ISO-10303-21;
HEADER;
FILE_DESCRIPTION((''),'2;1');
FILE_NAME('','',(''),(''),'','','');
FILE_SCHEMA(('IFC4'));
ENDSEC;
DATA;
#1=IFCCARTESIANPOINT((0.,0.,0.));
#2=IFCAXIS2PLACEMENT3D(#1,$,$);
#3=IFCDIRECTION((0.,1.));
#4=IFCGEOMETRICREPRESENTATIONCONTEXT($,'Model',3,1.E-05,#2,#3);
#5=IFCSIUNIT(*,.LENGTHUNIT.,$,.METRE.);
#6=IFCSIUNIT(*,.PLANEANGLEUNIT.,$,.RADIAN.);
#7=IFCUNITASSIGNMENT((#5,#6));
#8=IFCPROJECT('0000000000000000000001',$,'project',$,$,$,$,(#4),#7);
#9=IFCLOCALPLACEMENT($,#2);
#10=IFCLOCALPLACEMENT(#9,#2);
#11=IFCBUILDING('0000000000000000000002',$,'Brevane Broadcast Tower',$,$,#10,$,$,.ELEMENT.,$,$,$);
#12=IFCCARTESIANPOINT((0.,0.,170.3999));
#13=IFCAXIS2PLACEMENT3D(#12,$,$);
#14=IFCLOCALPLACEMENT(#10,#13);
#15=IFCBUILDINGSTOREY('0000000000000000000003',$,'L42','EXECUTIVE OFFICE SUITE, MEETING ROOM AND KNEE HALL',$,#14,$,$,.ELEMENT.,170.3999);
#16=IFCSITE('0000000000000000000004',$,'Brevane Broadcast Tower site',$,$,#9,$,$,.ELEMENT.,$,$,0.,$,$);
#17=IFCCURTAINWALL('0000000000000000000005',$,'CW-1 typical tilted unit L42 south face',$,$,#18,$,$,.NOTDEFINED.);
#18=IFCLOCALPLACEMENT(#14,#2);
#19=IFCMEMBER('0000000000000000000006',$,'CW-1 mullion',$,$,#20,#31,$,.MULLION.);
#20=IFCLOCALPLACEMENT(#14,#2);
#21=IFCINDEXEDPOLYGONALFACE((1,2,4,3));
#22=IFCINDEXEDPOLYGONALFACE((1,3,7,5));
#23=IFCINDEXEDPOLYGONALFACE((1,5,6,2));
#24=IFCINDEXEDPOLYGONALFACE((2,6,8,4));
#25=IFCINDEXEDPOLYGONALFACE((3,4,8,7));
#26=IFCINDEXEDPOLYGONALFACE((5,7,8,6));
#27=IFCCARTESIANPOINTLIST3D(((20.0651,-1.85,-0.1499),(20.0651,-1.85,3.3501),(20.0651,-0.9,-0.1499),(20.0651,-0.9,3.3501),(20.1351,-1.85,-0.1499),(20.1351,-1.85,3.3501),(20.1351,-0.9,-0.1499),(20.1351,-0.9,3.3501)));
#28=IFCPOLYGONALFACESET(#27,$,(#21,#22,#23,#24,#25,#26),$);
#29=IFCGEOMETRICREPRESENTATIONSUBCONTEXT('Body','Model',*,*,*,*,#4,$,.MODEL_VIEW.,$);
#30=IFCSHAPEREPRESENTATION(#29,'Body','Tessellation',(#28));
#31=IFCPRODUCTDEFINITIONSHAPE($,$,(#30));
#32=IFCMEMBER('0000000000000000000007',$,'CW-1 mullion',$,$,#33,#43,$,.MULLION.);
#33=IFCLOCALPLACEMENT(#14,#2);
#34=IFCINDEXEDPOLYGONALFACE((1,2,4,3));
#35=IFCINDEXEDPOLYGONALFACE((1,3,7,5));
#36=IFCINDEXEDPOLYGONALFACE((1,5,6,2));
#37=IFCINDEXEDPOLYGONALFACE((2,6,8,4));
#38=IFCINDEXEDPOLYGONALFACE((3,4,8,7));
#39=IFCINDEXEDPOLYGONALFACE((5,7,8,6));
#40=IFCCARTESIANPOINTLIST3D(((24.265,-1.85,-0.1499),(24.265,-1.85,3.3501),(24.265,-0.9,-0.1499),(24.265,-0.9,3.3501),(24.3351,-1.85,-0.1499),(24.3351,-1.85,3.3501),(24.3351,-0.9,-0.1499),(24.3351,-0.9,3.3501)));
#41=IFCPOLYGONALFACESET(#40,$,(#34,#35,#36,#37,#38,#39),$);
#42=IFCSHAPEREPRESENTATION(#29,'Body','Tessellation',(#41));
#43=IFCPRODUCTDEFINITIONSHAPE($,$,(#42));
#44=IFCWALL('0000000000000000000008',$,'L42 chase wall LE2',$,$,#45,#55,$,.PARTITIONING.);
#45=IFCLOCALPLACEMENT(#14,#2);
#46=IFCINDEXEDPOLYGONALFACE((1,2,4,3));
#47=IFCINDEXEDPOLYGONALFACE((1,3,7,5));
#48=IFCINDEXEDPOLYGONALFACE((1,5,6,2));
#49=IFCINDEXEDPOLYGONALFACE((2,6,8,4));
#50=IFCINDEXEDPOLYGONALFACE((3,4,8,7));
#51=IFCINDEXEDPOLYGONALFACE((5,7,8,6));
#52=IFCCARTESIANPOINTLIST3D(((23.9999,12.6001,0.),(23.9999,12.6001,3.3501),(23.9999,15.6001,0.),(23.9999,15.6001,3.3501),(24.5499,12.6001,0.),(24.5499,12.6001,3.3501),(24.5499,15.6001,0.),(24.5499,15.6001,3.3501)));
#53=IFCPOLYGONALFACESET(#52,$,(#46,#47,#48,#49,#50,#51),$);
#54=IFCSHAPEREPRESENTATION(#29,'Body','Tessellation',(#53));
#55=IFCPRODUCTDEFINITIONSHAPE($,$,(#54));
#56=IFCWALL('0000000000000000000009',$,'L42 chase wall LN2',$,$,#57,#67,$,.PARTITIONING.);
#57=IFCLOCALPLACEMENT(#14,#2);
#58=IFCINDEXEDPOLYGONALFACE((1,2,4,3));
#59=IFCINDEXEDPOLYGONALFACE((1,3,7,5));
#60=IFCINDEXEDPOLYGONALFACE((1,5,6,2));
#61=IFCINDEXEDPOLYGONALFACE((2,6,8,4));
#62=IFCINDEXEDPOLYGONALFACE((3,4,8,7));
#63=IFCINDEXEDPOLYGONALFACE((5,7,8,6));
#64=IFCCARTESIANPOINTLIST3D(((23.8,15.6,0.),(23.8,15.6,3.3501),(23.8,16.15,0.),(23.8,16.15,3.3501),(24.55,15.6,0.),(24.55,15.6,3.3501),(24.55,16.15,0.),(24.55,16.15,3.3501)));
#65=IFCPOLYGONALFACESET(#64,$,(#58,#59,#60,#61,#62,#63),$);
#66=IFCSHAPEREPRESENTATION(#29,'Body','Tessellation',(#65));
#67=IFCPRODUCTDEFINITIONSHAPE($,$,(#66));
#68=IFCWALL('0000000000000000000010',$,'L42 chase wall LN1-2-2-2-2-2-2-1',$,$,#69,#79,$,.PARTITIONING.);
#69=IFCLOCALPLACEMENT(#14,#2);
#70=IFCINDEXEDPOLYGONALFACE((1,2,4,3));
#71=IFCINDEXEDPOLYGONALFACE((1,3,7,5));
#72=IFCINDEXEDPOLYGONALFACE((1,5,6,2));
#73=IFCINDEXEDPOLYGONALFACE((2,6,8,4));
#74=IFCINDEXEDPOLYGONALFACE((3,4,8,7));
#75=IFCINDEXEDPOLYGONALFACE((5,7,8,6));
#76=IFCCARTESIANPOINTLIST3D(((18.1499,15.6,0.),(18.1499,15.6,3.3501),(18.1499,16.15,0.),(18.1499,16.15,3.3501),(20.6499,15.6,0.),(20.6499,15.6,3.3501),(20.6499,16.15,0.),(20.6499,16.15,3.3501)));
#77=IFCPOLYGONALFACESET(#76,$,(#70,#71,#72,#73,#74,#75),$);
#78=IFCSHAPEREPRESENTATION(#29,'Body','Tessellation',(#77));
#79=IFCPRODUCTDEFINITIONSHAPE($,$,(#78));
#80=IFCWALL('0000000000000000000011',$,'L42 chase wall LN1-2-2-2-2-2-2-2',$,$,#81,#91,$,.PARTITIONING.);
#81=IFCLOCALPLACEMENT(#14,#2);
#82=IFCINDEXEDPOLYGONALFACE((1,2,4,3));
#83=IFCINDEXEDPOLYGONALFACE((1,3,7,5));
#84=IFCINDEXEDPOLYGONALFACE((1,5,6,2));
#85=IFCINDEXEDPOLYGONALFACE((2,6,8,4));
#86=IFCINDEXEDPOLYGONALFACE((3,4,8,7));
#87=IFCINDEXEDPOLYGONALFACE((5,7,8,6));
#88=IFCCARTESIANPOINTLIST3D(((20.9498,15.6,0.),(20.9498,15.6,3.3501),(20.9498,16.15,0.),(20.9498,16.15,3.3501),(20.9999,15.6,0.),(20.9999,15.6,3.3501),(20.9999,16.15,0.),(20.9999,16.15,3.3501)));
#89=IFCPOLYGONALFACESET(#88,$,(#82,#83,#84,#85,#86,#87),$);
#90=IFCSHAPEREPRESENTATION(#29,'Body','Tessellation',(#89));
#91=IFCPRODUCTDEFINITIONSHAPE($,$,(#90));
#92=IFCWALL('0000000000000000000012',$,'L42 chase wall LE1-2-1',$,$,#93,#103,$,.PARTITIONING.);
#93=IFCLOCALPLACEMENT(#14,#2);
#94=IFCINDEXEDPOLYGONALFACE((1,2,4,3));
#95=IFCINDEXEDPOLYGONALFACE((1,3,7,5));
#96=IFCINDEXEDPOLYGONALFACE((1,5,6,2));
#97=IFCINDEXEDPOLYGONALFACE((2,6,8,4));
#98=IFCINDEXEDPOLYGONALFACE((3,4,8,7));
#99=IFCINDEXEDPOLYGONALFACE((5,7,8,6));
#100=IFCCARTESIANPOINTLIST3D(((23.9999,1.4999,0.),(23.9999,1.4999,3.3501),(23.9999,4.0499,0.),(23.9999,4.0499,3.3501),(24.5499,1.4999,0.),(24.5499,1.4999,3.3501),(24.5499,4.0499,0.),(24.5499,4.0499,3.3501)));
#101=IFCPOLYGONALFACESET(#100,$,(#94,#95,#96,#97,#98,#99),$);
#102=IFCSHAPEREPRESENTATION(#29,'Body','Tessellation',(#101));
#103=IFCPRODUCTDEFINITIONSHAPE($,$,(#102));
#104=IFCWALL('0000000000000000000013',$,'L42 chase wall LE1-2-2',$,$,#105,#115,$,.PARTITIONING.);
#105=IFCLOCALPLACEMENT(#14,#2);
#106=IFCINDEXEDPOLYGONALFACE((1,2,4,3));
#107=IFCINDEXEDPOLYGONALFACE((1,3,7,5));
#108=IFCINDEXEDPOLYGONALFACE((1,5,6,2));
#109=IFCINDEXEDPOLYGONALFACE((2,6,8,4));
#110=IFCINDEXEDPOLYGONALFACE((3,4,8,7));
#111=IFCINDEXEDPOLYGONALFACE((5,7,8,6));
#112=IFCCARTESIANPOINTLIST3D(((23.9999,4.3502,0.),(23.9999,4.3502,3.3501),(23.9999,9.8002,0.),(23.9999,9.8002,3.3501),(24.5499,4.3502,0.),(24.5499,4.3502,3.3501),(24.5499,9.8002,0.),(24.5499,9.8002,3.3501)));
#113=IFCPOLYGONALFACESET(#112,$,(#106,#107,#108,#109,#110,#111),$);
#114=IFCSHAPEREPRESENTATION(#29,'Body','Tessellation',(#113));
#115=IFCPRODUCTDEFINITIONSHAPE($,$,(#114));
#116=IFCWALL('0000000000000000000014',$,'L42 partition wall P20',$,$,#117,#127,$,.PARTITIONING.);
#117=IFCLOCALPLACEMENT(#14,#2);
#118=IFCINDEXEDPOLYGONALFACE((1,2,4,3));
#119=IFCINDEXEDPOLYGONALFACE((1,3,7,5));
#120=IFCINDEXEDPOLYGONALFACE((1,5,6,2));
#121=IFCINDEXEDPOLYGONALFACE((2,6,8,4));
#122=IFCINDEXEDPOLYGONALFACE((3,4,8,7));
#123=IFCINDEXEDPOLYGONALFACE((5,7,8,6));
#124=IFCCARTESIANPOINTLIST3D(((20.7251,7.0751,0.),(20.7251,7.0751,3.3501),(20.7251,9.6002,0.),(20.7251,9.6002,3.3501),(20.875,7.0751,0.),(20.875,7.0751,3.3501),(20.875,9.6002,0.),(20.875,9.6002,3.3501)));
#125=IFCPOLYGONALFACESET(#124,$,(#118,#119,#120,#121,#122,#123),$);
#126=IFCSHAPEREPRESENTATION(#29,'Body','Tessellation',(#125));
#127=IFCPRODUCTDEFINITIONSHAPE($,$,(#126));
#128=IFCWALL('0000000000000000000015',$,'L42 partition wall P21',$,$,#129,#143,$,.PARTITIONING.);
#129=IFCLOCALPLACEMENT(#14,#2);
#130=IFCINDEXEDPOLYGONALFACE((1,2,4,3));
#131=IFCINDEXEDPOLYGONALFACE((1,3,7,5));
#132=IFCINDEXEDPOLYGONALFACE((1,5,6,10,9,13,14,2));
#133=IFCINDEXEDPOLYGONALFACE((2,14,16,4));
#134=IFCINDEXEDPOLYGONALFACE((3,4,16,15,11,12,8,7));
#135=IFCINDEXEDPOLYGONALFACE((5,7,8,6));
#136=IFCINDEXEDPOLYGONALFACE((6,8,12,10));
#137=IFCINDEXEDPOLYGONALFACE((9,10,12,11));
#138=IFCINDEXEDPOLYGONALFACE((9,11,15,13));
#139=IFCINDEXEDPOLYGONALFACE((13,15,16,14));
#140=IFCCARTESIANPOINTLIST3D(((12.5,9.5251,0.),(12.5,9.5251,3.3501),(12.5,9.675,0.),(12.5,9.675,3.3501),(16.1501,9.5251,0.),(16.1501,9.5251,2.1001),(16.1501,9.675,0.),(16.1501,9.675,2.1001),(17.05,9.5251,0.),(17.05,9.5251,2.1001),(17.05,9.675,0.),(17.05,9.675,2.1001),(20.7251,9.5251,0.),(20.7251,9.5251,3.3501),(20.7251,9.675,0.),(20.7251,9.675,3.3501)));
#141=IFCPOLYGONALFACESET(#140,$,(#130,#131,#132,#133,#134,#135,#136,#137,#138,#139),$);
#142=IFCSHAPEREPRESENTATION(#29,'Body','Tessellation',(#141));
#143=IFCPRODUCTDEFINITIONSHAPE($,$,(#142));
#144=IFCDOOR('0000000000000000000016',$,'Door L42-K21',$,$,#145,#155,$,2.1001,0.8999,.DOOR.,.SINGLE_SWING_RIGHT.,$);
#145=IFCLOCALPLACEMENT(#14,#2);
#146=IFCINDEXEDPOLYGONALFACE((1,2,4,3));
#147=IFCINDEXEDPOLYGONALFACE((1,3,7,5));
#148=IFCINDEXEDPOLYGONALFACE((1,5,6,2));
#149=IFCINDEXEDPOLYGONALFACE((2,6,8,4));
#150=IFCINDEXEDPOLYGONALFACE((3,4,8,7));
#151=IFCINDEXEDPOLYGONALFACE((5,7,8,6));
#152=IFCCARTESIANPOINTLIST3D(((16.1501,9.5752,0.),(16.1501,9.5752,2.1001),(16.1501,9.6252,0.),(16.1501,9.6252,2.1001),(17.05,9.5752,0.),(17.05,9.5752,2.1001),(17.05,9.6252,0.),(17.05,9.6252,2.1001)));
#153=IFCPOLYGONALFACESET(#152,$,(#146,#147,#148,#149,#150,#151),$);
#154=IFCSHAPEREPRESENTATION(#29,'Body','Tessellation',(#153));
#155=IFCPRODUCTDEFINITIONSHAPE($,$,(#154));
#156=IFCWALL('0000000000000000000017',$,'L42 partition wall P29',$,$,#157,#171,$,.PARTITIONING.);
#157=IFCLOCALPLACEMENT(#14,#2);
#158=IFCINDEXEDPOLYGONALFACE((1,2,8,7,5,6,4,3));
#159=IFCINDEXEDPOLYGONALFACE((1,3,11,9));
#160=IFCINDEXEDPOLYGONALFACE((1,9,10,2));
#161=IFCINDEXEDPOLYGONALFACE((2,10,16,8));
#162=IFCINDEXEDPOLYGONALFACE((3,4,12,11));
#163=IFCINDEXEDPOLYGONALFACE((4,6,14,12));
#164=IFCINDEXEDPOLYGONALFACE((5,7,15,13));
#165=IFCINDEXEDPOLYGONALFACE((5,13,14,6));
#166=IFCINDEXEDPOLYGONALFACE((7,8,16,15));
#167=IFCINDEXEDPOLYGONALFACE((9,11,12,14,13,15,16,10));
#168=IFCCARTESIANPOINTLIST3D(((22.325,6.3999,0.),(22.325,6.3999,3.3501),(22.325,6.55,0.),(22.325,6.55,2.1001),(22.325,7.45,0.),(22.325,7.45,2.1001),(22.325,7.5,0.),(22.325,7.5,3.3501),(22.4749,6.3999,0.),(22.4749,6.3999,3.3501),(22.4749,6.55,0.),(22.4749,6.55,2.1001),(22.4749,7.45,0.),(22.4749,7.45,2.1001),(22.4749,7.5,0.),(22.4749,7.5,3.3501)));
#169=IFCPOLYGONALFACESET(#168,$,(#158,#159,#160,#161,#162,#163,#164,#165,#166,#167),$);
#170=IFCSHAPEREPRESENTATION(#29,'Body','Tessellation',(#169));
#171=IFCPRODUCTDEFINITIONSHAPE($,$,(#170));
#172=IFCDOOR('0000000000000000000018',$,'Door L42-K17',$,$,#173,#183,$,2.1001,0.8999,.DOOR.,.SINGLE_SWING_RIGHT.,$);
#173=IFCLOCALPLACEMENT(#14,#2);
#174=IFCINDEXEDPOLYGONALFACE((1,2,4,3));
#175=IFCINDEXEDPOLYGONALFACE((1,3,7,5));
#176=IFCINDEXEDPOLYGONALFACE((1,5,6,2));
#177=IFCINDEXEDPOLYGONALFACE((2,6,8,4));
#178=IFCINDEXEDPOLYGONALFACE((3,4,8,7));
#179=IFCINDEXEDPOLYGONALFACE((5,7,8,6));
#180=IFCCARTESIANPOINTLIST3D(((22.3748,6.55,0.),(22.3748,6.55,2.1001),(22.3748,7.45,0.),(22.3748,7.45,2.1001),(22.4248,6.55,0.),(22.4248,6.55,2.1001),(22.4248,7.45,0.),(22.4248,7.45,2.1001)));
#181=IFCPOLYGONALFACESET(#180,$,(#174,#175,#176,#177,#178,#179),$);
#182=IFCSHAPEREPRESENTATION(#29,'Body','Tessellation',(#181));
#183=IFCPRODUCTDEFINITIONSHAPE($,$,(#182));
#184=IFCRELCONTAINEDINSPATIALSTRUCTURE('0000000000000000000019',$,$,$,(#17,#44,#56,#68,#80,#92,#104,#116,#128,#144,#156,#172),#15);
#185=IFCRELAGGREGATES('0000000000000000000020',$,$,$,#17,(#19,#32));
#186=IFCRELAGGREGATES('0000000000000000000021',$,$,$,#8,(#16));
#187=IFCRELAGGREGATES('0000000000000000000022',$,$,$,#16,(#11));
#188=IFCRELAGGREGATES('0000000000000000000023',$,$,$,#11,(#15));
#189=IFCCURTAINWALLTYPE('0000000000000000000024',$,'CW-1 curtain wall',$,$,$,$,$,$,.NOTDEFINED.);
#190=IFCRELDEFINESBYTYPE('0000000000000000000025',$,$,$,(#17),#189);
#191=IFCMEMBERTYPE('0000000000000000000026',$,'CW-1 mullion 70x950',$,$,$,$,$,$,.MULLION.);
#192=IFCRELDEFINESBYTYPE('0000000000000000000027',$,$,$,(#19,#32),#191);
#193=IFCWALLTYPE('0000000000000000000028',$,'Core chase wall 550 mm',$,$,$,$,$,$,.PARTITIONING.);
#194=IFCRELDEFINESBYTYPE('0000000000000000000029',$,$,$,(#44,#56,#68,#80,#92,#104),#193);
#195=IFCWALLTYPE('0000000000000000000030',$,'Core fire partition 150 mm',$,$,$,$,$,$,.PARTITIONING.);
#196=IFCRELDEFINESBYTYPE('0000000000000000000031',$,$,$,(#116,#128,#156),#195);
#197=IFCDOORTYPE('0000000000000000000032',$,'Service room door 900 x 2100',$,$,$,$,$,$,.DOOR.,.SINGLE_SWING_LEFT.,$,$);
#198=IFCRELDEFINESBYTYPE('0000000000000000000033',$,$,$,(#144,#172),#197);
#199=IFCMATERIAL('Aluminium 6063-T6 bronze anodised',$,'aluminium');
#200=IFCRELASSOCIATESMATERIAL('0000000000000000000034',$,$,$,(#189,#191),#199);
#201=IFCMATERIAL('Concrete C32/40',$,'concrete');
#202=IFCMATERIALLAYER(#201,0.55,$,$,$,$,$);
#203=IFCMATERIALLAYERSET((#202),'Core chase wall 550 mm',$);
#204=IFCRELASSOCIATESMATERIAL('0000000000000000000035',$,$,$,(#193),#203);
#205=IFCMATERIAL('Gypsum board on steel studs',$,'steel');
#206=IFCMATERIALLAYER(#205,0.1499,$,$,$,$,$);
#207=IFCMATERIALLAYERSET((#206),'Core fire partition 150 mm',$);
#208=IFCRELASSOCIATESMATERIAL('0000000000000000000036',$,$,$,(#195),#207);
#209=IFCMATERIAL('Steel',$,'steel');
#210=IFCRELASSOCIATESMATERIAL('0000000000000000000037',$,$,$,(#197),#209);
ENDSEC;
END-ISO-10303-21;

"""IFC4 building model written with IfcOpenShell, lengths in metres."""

from ifc_helpers import new_model, si_unit, direction, frame, frame_2d, origin, origin_2d, place, context, subcontext, project, spatial, rectangle, extrude, material, layer, layer_set, material_profile, profile_set, type_object, element, fill, aggregate, save


model = new_model("IFC4")

# Units and contexts
model_context = context("Model", 3, precision=1e-05, world=origin(), true_north=direction((0.0, 1.0)))
body_context = subcontext(model_context, "Body", "Model", "MODEL_VIEW")
ifc_project = project(units=[si_unit("LENGTHUNIT", "METRE"), si_unit("PLANEANGLEUNIT", "RADIAN")], contexts=[model_context])

# Site, building, storey
site_placement = place(None, origin())
site = spatial("IfcSite", under=ifc_project, at=site_placement, Name="Brevane Broadcast Tower site", CompositionType="ELEMENT", RefElevation=0.0)
building_placement = place(site_placement, origin())
building = spatial("IfcBuilding", under=site, at=building_placement, Name="Brevane Broadcast Tower", CompositionType="ELEMENT")
storey_placement = place(building_placement, frame((0.0, 0.0, 170.3999)))
storey = spatial("IfcBuildingStorey", under=building, at=storey_placement, Name="L42", Description="EXECUTIVE OFFICE SUITE, MEETING ROOM AND KNEE HALL", CompositionType="ELEMENT", Elevation=170.3999)

# Curtain wall, members
ifc_material_1 = material(Name="Aluminium 6063-T6 bronze anodised", Category="aluminium")
curtain_wall_type = type_object("IfcCurtainWallType", Name="CW-1 curtain wall", PredefinedType="NOTDEFINED", material=ifc_material_1)
curtain_wall_placement = place(storey_placement, origin())
curtain_wall = element("IfcCurtainWall", 1, at=curtain_wall_placement, inside=storey, type_object=curtain_wall_type, Name="CW-1 typical tilted unit L42 south face", PredefinedType="NOTDEFINED")
ifc_material_profile = material_profile(ifc_material_1, rectangle(XDim=0.95, YDim=0.0701, at=origin_2d()), Name="RECT 70x950")
ifc_profile_set = profile_set([ifc_material_profile], Name="Aluminium 6063-T6 bronze anodised")
member_type = type_object("IfcMemberType", Name="CW-1 mullion 70x950", PredefinedType="MULLION", material=ifc_profile_set)
member_1_placement = place(storey_placement, frame((20.1001, -1.375, -0.1499), z_axis=(0.0, 0.0, 1.0), x_axis=(0.0, 1.0, 0.0)))
member_1 = element("IfcMember", 2, at=member_1_placement, type_object=member_type, Name="CW-1 mullion", PredefinedType="MULLION", context=body_context, shape_type="SweptSolid", body=[
    extrude(rectangle(XDim=0.95, YDim=0.0701, at=origin_2d()), origin(), (0.0, 0.0, 1.0), 3.5),
])
member_2_placement = place(storey_placement, frame((24.3, -1.375, -0.1499), z_axis=(0.0, 0.0, 1.0), x_axis=(0.0, 1.0, 0.0)))
member_2 = element("IfcMember", 3, at=member_2_placement, type_object=member_type, Name="CW-1 mullion", PredefinedType="MULLION", context=body_context, shape_type="SweptSolid", body=[
    extrude(rectangle(XDim=0.95, YDim=0.0701, at=origin_2d()), origin(), (0.0, 0.0, 1.0), 3.5),
])
aggregate(curtain_wall, [member_1, member_2])

# Walls
ifc_material_2 = material(Name="Concrete C32/40", Category="concrete")
ifc_layer_1 = layer(ifc_material_2, 0.55)
ifc_layer_set_1 = layer_set([ifc_layer_1], Name="Core chase wall 550 mm")
wall_type_1 = type_object("IfcWallType", Name="Core chase wall 550 mm", PredefinedType="PARTITIONING", material=ifc_layer_set_1)
wall_1_placement = place(storey_placement, frame((24.2749, 12.6001, 0.0), z_axis=(0.0, 0.0, 1.0), x_axis=(0.0, 1.0, 0.0)))
element("IfcWall", 4, at=wall_1_placement, inside=storey, type_object=wall_type_1, Name="L42 chase wall LE2", PredefinedType="PARTITIONING", context=body_context, shape_type="SweptSolid", body=[
    extrude(rectangle(XDim=3.0, YDim=0.55, at=frame_2d((1.5, 0.0))), origin(), (0.0, 0.0, 1.0), 3.3501),
])
wall_2_placement = place(storey_placement, frame((23.8, 15.875, 0.0), z_axis=(0.0, 0.0, 1.0), x_axis=(1.0, 0.0, 0.0)))
element("IfcWall", 5, at=wall_2_placement, inside=storey, type_object=wall_type_1, Name="L42 chase wall LN2", PredefinedType="PARTITIONING", context=body_context, shape_type="SweptSolid", body=[
    extrude(rectangle(XDim=0.75, YDim=0.55, at=frame_2d((0.375, 0.0))), origin(), (0.0, 0.0, 1.0), 3.3501),
])
wall_3_placement = place(storey_placement, frame((18.1499, 15.875, 0.0), z_axis=(0.0, 0.0, 1.0), x_axis=(1.0, 0.0, 0.0)))
element("IfcWall", 6, at=wall_3_placement, inside=storey, type_object=wall_type_1, Name="L42 chase wall LN1-2-2-2-2-2-2-1", PredefinedType="PARTITIONING", context=body_context, shape_type="SweptSolid", body=[
    extrude(rectangle(XDim=2.5, YDim=0.55, at=frame_2d((1.25, 0.0))), origin(), (0.0, 0.0, 1.0), 3.3501),
])
wall_4_placement = place(storey_placement, frame((20.95, 15.875, 0.0), z_axis=(0.0, 0.0, 1.0), x_axis=(1.0, 0.0, 0.0)))
element("IfcWall", 7, at=wall_4_placement, inside=storey, type_object=wall_type_1, Name="L42 chase wall LN1-2-2-2-2-2-2-2", PredefinedType="PARTITIONING", context=body_context, shape_type="SweptSolid", body=[
    extrude(rectangle(XDim=0.05, YDim=0.55, at=frame_2d((0.0249, 0.0))), origin(), (0.0, 0.0, 1.0), 3.3501),
])
wall_5_placement = place(storey_placement, frame((24.2749, 1.5, 0.0), z_axis=(0.0, 0.0, 1.0), x_axis=(0.0, 1.0, 0.0)))
element("IfcWall", 8, at=wall_5_placement, inside=storey, type_object=wall_type_1, Name="L42 chase wall LE1-2-1", PredefinedType="PARTITIONING", context=body_context, shape_type="SweptSolid", body=[
    extrude(rectangle(XDim=2.55, YDim=0.55, at=frame_2d((1.2749, 0.0))), origin(), (0.0, 0.0, 1.0), 3.3501),
])
wall_6_placement = place(storey_placement, frame((24.2749, 4.3501, 0.0), z_axis=(0.0, 0.0, 1.0), x_axis=(0.0, 1.0, 0.0)))
element("IfcWall", 9, at=wall_6_placement, inside=storey, type_object=wall_type_1, Name="L42 chase wall LE1-2-2", PredefinedType="PARTITIONING", context=body_context, shape_type="SweptSolid", body=[
    extrude(rectangle(XDim=5.45, YDim=0.55, at=frame_2d((2.7251, 0.0))), origin(), (0.0, 0.0, 1.0), 3.3501),
])
ifc_material_3 = material(Name="Gypsum board on steel studs", Category="steel")
ifc_layer_2 = layer(ifc_material_3, 0.1499)
ifc_layer_set_2 = layer_set([ifc_layer_2], Name="Core fire partition 150 mm")
wall_type_2 = type_object("IfcWallType", Name="Core fire partition 150 mm", PredefinedType="PARTITIONING", material=ifc_layer_set_2)
wall_7_placement = place(storey_placement, frame((20.8, 7.075, 0.0), z_axis=(0.0, 0.0, 1.0), x_axis=(0.0, 1.0, 0.0)))
element("IfcWall", 10, at=wall_7_placement, inside=storey, type_object=wall_type_2, Name="L42 partition wall P20", PredefinedType="PARTITIONING", context=body_context, shape_type="SweptSolid", body=[
    extrude(rectangle(XDim=2.5251, YDim=0.1499, at=frame_2d((1.2627, 0.0))), origin(), (0.0, 0.0, 1.0), 3.3501),
])

# Walls, openings, doors
wall_8_placement = place(storey_placement, frame((20.7251, 9.6001, 0.0), z_axis=(0.0, 0.0, 1.0), x_axis=(-1.0, 0.0, 0.0)))
wall_8 = element("IfcWall", 11, at=wall_8_placement, inside=storey, type_object=wall_type_2, Name="L42 partition wall P21", PredefinedType="PARTITIONING", context=body_context, shape_type="SweptSolid", body=[
    extrude(rectangle(XDim=8.2251, YDim=0.1499, at=frame_2d((4.1125, 0.0))), origin(), (0.0, 0.0, 1.0), 3.3501),
])
opening_1_placement = place(wall_8_placement, frame((3.675, 0.0, 0.0)))
opening_1 = element("IfcOpeningElement", 12, at=opening_1_placement, cuts=wall_8, PredefinedType="OPENING", context=body_context, shape_type="SweptSolid", body=[
    extrude(rectangle(XDim=0.8999, YDim=2.1001, at=frame_2d((0.45, 1.05))), frame((0.0, 0.085, 0.0), z_axis=(0.0, -1.0, 0.0), x_axis=(1.0, 0.0, 0.0)), (0.0, 0.0, 1.0), 0.1699),
])
ifc_material_4 = material(Name="Steel", Category="steel")
door_type_1 = type_object("IfcDoorType", Name="Service room door 900 x 2100", OperationType="SINGLE_SWING_LEFT", PredefinedType="DOOR", material=ifc_material_4)
door_1_placement = place(opening_1_placement, origin())
door_1 = element("IfcDoor", 13, at=door_1_placement, inside=storey, type_object=door_type_1, Name="Door L42-K21", OperationType="SINGLE_SWING_RIGHT", OverallHeight=2.1001, OverallWidth=0.8999, PredefinedType="DOOR", context=body_context, shape_type="SweptSolid", body=[
    extrude(rectangle(XDim=0.8999, YDim=2.1001, at=frame_2d((0.45, 1.05))), frame((0.0, 0.0249, 0.0), z_axis=(0.0, -1.0, 0.0), x_axis=(1.0, 0.0, 0.0)), (0.0, 0.0, 1.0), 0.05),
])
fill(opening_1, door_1)
wall_9_placement = place(storey_placement, frame((22.3999, 7.5, 0.0), z_axis=(0.0, 0.0, 1.0), x_axis=(0.0, -1.0, 0.0)))
wall_9 = element("IfcWall", 14, at=wall_9_placement, inside=storey, type_object=wall_type_2, Name="L42 partition wall P29", PredefinedType="PARTITIONING", context=body_context, shape_type="SweptSolid", body=[
    extrude(rectangle(XDim=1.1001, YDim=0.1499, at=frame_2d((0.55, 0.0))), origin(), (0.0, 0.0, 1.0), 3.3501),
])
opening_2_placement = place(wall_9_placement, frame((0.05, 0.0, 0.0)))
opening_2 = element("IfcOpeningElement", 15, at=opening_2_placement, cuts=wall_9, PredefinedType="OPENING", context=body_context, shape_type="SweptSolid", body=[
    extrude(rectangle(XDim=0.8999, YDim=2.1001, at=frame_2d((0.45, 1.05))), frame((0.0, 0.085, 0.0), z_axis=(0.0, -1.0, 0.0), x_axis=(1.0, 0.0, 0.0)), (0.0, 0.0, 1.0), 0.1699),
])
door_2_placement = place(opening_2_placement, origin())
door_2 = element("IfcDoor", 16, at=door_2_placement, inside=storey, type_object=door_type_1, Name="Door L42-K17", OperationType="SINGLE_SWING_RIGHT", OverallHeight=2.1001, OverallWidth=0.8999, PredefinedType="DOOR", context=body_context, shape_type="SweptSolid", body=[
    extrude(rectangle(XDim=0.8999, YDim=2.1001, at=frame_2d((0.45, 1.05))), frame((0.0, 0.0249, 0.0), z_axis=(0.0, -1.0, 0.0), x_axis=(1.0, 0.0, 0.0)), (0.0, 0.0, 1.0), 0.05),
])
fill(opening_2, door_2)

save(model, "model.ifc")
